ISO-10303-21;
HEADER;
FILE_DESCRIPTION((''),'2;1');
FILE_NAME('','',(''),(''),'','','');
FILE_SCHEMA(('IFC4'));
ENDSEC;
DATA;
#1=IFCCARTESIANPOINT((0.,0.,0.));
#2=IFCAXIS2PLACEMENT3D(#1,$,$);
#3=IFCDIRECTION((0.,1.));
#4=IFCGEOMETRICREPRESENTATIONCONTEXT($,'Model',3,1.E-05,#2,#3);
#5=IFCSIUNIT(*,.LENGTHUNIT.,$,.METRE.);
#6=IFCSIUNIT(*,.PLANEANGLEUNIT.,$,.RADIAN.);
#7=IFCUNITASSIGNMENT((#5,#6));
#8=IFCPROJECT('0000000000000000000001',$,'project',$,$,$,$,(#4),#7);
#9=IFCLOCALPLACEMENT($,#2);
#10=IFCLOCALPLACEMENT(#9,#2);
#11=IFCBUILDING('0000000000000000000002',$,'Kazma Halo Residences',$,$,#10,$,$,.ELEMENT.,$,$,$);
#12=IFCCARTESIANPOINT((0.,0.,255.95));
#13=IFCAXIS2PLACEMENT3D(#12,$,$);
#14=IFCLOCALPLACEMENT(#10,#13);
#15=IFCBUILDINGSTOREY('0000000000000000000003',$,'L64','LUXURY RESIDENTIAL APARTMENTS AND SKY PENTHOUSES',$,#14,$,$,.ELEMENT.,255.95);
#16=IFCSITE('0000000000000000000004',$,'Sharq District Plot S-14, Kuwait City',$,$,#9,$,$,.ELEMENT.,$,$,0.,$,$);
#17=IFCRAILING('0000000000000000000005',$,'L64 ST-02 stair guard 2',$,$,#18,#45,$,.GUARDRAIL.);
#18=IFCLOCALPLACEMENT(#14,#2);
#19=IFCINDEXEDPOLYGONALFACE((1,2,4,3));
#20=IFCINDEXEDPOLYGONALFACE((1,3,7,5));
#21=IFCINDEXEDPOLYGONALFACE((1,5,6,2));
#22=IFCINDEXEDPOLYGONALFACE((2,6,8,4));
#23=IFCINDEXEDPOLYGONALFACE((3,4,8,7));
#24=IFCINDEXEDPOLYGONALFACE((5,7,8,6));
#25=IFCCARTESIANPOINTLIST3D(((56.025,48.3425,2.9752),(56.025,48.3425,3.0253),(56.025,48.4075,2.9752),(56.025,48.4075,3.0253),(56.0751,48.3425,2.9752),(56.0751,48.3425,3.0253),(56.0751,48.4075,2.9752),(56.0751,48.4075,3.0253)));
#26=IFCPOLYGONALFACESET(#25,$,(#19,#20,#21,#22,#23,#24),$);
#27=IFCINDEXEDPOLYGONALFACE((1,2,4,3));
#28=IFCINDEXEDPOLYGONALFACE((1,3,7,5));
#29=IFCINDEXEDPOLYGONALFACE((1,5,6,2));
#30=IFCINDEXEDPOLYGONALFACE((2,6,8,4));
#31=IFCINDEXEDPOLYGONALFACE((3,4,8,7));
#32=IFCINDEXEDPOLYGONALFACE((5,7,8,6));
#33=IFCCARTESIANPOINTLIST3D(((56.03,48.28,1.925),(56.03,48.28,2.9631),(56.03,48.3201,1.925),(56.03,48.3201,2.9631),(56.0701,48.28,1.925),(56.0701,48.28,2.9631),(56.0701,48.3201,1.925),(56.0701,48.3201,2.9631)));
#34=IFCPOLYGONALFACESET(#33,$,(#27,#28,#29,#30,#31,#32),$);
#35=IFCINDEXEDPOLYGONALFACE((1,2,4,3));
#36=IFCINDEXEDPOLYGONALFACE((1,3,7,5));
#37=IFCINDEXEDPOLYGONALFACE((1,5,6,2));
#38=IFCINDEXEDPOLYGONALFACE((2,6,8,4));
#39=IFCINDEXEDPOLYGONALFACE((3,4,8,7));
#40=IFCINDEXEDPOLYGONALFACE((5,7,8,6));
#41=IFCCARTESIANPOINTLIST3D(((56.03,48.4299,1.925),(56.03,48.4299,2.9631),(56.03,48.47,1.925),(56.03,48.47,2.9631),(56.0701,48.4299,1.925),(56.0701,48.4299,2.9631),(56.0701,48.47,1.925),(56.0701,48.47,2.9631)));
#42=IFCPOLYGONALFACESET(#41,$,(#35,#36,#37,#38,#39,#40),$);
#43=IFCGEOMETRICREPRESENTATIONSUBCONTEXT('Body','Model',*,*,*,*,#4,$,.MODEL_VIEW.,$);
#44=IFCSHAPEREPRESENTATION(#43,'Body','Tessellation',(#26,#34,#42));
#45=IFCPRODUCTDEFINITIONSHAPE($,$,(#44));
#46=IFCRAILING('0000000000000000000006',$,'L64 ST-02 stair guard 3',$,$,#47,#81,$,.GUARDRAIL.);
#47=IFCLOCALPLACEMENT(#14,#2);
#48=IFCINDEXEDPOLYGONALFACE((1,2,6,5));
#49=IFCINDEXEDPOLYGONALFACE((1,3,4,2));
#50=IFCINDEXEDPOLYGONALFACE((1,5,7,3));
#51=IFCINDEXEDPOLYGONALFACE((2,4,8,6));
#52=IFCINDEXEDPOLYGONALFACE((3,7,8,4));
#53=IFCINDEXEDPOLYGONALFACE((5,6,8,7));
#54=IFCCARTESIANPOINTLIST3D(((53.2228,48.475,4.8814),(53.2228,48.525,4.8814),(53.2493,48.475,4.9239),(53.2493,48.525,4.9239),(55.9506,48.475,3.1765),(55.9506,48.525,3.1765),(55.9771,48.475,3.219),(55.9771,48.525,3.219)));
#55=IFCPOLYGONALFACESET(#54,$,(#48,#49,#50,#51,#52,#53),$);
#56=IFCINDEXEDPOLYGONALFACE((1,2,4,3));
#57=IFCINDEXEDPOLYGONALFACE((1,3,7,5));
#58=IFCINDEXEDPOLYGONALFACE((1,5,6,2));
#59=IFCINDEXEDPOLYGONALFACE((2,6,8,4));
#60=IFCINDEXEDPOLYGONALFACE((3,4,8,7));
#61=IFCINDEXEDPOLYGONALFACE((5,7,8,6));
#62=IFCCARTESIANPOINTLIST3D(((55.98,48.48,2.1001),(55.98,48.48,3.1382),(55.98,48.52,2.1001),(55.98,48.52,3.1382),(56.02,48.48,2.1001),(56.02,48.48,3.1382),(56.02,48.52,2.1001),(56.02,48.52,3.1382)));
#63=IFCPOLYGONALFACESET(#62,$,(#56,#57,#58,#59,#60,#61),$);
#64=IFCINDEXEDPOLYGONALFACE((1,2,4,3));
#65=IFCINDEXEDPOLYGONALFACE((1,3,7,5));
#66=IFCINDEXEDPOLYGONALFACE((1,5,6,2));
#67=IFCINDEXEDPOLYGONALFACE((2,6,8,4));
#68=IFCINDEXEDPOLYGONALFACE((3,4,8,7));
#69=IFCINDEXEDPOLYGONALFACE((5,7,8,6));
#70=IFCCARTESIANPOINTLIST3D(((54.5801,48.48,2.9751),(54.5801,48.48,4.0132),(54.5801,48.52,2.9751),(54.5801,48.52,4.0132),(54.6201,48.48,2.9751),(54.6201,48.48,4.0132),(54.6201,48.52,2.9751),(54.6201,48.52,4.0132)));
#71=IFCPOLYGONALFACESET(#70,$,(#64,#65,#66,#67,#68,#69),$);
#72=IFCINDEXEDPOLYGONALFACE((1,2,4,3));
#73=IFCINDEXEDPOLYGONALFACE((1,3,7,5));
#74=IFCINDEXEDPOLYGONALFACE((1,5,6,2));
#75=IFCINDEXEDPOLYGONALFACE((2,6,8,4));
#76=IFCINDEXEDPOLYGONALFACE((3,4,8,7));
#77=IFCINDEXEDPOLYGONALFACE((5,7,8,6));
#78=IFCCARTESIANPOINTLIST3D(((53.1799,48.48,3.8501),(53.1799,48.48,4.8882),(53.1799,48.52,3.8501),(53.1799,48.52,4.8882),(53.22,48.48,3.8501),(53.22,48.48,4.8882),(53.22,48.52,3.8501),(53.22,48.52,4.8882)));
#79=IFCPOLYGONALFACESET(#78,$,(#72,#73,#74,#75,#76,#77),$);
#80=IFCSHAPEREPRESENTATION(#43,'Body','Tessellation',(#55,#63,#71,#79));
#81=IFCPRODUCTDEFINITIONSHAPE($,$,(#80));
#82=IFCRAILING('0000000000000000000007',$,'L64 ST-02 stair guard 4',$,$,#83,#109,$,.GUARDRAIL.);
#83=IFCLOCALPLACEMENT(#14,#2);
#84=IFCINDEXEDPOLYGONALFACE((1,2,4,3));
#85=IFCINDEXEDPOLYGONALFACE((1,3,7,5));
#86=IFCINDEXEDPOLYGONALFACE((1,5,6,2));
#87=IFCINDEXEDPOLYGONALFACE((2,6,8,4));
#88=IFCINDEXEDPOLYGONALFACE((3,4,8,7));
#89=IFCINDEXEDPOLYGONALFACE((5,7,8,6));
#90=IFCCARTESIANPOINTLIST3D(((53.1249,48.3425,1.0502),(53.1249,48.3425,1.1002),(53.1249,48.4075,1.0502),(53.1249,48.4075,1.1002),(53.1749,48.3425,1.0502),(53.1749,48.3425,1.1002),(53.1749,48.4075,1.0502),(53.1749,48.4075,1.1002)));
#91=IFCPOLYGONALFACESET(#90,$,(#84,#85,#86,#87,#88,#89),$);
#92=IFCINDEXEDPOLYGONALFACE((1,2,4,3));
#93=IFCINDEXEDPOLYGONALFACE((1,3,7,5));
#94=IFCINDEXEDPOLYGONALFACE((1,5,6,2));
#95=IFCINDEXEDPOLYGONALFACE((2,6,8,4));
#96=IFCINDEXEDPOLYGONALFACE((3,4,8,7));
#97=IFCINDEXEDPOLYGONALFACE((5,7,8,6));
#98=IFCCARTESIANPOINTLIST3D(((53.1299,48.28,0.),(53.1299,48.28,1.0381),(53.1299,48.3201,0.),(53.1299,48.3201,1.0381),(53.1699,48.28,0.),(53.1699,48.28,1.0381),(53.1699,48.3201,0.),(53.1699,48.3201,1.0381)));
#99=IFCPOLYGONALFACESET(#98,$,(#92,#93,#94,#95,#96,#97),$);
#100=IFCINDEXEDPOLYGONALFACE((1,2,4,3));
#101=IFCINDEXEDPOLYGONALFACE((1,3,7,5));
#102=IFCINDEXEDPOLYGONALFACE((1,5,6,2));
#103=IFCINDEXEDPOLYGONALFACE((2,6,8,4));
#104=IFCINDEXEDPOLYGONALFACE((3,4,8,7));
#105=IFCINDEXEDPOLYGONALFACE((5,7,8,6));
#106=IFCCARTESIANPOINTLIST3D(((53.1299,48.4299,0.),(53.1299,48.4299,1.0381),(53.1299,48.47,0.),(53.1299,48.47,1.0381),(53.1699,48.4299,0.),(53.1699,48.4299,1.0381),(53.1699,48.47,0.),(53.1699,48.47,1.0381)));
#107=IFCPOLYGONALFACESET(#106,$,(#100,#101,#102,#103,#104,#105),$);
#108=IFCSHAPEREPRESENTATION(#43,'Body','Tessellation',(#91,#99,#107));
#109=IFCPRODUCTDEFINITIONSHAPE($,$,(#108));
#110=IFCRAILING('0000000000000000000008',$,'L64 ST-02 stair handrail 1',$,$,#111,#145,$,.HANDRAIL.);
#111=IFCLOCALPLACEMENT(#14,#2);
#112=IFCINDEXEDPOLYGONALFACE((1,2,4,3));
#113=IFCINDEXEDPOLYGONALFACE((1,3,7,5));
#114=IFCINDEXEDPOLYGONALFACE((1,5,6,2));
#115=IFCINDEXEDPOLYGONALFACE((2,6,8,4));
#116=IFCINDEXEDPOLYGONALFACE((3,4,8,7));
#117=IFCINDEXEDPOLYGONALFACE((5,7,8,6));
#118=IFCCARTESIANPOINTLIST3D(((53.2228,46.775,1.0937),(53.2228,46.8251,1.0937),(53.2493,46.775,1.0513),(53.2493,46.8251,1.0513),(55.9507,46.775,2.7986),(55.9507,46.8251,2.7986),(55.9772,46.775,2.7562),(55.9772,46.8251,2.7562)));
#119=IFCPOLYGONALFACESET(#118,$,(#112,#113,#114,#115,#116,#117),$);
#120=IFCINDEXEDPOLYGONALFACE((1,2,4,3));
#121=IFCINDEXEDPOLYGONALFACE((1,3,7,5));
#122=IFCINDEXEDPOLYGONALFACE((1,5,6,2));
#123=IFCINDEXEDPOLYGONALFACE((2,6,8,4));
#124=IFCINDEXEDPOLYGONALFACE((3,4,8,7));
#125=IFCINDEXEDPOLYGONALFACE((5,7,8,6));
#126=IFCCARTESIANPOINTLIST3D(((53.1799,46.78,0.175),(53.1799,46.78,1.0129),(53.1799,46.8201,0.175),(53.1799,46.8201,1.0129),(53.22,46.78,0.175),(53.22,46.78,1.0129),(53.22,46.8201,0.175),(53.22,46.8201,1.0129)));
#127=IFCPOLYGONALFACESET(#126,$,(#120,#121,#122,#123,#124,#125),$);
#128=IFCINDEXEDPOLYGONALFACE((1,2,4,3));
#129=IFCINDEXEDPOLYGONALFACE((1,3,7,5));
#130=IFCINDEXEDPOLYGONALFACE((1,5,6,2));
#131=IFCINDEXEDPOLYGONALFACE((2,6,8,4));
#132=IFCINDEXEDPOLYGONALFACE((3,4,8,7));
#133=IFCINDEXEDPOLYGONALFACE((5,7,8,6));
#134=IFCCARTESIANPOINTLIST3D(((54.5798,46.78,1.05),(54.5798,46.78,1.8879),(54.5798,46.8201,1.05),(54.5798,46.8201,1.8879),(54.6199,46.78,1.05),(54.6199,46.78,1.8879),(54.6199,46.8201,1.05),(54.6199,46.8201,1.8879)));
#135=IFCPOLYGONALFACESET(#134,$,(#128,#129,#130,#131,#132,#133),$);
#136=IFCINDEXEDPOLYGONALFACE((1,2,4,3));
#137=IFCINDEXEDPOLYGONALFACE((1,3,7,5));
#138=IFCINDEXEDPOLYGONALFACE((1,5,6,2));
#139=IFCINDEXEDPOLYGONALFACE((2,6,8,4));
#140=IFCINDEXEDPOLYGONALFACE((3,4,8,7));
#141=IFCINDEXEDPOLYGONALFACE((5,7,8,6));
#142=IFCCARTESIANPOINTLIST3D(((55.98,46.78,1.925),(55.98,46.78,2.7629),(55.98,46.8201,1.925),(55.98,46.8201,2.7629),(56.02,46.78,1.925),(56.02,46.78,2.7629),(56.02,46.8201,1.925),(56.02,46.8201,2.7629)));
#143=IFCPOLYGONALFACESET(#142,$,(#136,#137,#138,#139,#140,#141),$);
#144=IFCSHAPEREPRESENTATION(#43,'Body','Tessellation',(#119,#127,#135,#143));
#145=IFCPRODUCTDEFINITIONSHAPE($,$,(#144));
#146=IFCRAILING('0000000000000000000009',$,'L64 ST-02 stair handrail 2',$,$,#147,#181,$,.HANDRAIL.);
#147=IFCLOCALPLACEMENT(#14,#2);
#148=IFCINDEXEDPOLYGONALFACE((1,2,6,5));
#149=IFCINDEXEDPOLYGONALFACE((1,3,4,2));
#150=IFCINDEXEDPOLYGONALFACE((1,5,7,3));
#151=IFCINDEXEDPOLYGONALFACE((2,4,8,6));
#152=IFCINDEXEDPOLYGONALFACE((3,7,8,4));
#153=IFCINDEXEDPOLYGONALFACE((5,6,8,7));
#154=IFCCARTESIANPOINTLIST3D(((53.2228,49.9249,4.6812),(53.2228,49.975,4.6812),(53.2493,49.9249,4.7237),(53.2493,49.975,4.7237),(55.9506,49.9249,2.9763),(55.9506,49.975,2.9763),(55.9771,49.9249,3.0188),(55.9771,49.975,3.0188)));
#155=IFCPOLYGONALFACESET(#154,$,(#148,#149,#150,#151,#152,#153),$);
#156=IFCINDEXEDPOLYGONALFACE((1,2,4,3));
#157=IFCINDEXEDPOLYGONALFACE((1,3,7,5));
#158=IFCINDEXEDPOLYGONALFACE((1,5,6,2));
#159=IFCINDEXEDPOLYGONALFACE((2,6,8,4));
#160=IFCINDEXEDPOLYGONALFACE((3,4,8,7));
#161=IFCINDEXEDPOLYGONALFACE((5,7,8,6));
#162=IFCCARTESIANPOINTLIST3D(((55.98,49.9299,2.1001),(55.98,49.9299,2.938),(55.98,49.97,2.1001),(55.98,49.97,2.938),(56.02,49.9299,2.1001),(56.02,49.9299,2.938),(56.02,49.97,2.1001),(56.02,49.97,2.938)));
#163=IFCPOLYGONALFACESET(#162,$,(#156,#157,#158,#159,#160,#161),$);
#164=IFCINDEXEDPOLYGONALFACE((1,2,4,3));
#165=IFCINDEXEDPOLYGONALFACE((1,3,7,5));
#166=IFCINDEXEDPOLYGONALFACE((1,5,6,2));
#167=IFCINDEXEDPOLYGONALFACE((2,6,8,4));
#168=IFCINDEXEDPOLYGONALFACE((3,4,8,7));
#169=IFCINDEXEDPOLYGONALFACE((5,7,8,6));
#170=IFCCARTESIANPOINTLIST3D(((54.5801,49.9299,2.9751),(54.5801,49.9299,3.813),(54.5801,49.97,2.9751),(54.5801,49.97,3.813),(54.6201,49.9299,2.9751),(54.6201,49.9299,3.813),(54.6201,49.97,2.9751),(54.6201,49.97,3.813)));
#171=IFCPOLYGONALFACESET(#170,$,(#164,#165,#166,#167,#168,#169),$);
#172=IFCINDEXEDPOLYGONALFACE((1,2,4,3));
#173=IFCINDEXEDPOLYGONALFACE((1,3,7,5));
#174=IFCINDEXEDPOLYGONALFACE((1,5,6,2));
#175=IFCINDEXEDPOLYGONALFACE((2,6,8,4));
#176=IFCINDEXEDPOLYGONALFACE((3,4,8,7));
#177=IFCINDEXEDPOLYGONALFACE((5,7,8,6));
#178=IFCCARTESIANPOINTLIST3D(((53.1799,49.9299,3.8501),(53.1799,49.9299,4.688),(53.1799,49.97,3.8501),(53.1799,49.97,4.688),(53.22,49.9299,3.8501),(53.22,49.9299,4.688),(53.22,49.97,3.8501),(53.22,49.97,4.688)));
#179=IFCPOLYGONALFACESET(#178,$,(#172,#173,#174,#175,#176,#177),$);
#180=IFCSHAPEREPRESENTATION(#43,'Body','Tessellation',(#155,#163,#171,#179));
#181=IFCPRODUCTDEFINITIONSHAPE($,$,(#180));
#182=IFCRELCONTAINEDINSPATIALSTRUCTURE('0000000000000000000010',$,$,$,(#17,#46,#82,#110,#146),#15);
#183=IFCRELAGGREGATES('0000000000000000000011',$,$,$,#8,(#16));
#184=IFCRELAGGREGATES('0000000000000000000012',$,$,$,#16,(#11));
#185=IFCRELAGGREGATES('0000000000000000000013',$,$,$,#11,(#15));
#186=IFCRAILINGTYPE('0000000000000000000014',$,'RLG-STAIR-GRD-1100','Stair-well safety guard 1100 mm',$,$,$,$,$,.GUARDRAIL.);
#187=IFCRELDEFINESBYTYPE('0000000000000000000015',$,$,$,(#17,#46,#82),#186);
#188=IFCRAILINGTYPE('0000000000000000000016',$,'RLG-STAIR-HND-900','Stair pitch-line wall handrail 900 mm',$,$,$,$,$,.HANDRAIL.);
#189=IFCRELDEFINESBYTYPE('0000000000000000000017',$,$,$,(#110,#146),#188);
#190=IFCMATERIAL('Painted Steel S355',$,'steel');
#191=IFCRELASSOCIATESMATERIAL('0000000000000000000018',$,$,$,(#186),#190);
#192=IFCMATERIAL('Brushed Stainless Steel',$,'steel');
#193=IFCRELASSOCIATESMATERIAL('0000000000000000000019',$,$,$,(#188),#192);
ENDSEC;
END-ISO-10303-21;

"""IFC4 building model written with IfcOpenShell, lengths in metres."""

from ifc_helpers import new_model, si_unit, direction, frame, origin, origin_2d, place, context, subcontext, project, spatial, rectangle, extrude, material, type_object, element, save


model = new_model("IFC4")

# Units and contexts
model_context = context("Model", 3, precision=1e-05, world=origin(), true_north=direction((0.0, 1.0)))
body_context = subcontext(model_context, "Body", "Model", "MODEL_VIEW")
ifc_project = project(units=[si_unit("LENGTHUNIT", "METRE"), si_unit("PLANEANGLEUNIT", "RADIAN")], contexts=[model_context])

# Site, building, storey
site_placement = place(None, origin())
site = spatial("IfcSite", under=ifc_project, at=site_placement, Name="Sharq District Plot S-14, Kuwait City", CompositionType="ELEMENT", RefElevation=0.0)
building_placement = place(site_placement, origin())
building = spatial("IfcBuilding", under=site, at=building_placement, Name="Kazma Halo Residences", CompositionType="ELEMENT")
storey_placement = place(building_placement, frame((0.0, 0.0, 255.95)))
storey = spatial("IfcBuildingStorey", under=building, at=storey_placement, Name="L64", Description="LUXURY RESIDENTIAL APARTMENTS AND SKY PENTHOUSES", CompositionType="ELEMENT", Elevation=255.95)

# Railings
ifc_material_1 = material(Name="Painted Steel S355", Category="steel")
railing_type_1 = type_object("IfcRailingType", Name="RLG-STAIR-GRD-1100", Description="Stair-well safety guard 1100 mm", PredefinedType="GUARDRAIL", material=ifc_material_1)
railing_1_placement = place(storey_placement, frame((56.05, 48.3, 1.925)))
element("IfcRailing", 1, at=railing_1_placement, inside=storey, type_object=railing_type_1, Name="L64 ST-02 stair guard 2", PredefinedType="GUARDRAIL", context=body_context, shape_type="SweptSolid", body=[
    extrude(rectangle(XDim=0.05, YDim=0.05, at=origin_2d()), frame((0.0, 0.0425, 1.0752), z_axis=(0.0, 1.0, 0.0), x_axis=(-1.0, 0.0, 0.0)), (0.0, 0.0, 1.0), 0.0649),
    extrude(rectangle(XDim=0.04, YDim=0.04, at=origin_2d()), origin(), (0.0, 0.0, 1.0), 1.0381),
    extrude(rectangle(XDim=0.04, YDim=0.04, at=origin_2d()), frame((0.0, 0.1499, 0.0)), (0.0, 0.0, 1.0), 1.0381),
])
railing_2_placement = place(storey_placement, frame((56.0, 48.5, 2.1001)))
element("IfcRailing", 2, at=railing_2_placement, inside=storey, type_object=railing_type_1, Name="L64 ST-02 stair guard 3", PredefinedType="GUARDRAIL", context=body_context, shape_type="SweptSolid", body=[
    extrude(rectangle(XDim=0.05, YDim=0.05, at=origin_2d()), frame((-0.0361, 0.0, 1.0977), z_axis=(-0.848002, 0.0, 0.529992), x_axis=(0.0, -1.0, 0.0)), (0.0, 0.0, 1.0), 3.2168),
    extrude(rectangle(XDim=0.04, YDim=0.04, at=origin_2d()), origin(), (0.0, 0.0, 1.0), 1.0381),
    extrude(rectangle(XDim=0.04, YDim=0.04, at=origin_2d()), frame((-1.3999, 0.0, 0.875)), (0.0, 0.0, 1.0), 1.0381),
    extrude(rectangle(XDim=0.04, YDim=0.04, at=origin_2d()), frame((-2.8, 0.0, 1.75)), (0.0, 0.0, 1.0), 1.0381),
])
railing_3_placement = place(storey_placement, frame((53.1499, 48.3, 0.0)))
element("IfcRailing", 3, at=railing_3_placement, inside=storey, type_object=railing_type_1, Name="L64 ST-02 stair guard 4", PredefinedType="GUARDRAIL", context=body_context, shape_type="SweptSolid", body=[
    extrude(rectangle(XDim=0.05, YDim=0.05, at=origin_2d()), frame((0.0, 0.0425, 1.0752), z_axis=(0.0, 1.0, 0.0), x_axis=(-1.0, 0.0, 0.0)), (0.0, 0.0, 1.0), 0.0649),
    extrude(rectangle(XDim=0.04, YDim=0.04, at=origin_2d()), origin(), (0.0, 0.0, 1.0), 1.0381),
    extrude(rectangle(XDim=0.04, YDim=0.04, at=origin_2d()), frame((0.0, 0.1499, 0.0)), (0.0, 0.0, 1.0), 1.0381),
])
ifc_material_2 = material(Name="Brushed Stainless Steel", Category="steel")
railing_type_2 = type_object("IfcRailingType", Name="RLG-STAIR-HND-900", Description="Stair pitch-line wall handrail 900 mm", PredefinedType="HANDRAIL", material=ifc_material_2)
railing_4_placement = place(storey_placement, frame((53.2, 46.8, 0.175)))
element("IfcRailing", 4, at=railing_4_placement, inside=storey, type_object=railing_type_2, Name="L64 ST-02 stair handrail 1", PredefinedType="HANDRAIL", context=body_context, shape_type="SweptSolid", body=[
    extrude(rectangle(XDim=0.05, YDim=0.05, at=origin_2d()), frame((0.0361, 0.0, 0.8975), z_axis=(0.848002, 0.0, 0.529992), x_axis=(0.0, 1.0, 0.0)), (0.0, 0.0, 1.0), 3.2168),
    extrude(rectangle(XDim=0.04, YDim=0.04, at=origin_2d()), origin(), (0.0, 0.0, 1.0), 0.8379),
    extrude(rectangle(XDim=0.04, YDim=0.04, at=origin_2d()), frame((1.3999, 0.0, 0.875)), (0.0, 0.0, 1.0), 0.8379),
    extrude(rectangle(XDim=0.04, YDim=0.04, at=origin_2d()), frame((2.8, 0.0, 1.75)), (0.0, 0.0, 1.0), 0.8379),
])
railing_5_placement = place(storey_placement, frame((56.0, 49.95, 2.1001)))
element("IfcRailing", 5, at=railing_5_placement, inside=storey, type_object=railing_type_2, Name="L64 ST-02 stair handrail 2", PredefinedType="HANDRAIL", context=body_context, shape_type="SweptSolid", body=[
    extrude(rectangle(XDim=0.05, YDim=0.05, at=origin_2d()), frame((-0.0361, 0.0, 0.8975), z_axis=(-0.848002, 0.0, 0.529992), x_axis=(0.0, -1.0, 0.0)), (0.0, 0.0, 1.0), 3.2168),
    extrude(rectangle(XDim=0.04, YDim=0.04, at=origin_2d()), origin(), (0.0, 0.0, 1.0), 0.8379),
    extrude(rectangle(XDim=0.04, YDim=0.04, at=origin_2d()), frame((-1.3999, 0.0, 0.875)), (0.0, 0.0, 1.0), 0.8379),
    extrude(rectangle(XDim=0.04, YDim=0.04, at=origin_2d()), frame((-2.8, 0.0, 1.75)), (0.0, 0.0, 1.0), 0.8379),
])

save(model, "model.ifc")
